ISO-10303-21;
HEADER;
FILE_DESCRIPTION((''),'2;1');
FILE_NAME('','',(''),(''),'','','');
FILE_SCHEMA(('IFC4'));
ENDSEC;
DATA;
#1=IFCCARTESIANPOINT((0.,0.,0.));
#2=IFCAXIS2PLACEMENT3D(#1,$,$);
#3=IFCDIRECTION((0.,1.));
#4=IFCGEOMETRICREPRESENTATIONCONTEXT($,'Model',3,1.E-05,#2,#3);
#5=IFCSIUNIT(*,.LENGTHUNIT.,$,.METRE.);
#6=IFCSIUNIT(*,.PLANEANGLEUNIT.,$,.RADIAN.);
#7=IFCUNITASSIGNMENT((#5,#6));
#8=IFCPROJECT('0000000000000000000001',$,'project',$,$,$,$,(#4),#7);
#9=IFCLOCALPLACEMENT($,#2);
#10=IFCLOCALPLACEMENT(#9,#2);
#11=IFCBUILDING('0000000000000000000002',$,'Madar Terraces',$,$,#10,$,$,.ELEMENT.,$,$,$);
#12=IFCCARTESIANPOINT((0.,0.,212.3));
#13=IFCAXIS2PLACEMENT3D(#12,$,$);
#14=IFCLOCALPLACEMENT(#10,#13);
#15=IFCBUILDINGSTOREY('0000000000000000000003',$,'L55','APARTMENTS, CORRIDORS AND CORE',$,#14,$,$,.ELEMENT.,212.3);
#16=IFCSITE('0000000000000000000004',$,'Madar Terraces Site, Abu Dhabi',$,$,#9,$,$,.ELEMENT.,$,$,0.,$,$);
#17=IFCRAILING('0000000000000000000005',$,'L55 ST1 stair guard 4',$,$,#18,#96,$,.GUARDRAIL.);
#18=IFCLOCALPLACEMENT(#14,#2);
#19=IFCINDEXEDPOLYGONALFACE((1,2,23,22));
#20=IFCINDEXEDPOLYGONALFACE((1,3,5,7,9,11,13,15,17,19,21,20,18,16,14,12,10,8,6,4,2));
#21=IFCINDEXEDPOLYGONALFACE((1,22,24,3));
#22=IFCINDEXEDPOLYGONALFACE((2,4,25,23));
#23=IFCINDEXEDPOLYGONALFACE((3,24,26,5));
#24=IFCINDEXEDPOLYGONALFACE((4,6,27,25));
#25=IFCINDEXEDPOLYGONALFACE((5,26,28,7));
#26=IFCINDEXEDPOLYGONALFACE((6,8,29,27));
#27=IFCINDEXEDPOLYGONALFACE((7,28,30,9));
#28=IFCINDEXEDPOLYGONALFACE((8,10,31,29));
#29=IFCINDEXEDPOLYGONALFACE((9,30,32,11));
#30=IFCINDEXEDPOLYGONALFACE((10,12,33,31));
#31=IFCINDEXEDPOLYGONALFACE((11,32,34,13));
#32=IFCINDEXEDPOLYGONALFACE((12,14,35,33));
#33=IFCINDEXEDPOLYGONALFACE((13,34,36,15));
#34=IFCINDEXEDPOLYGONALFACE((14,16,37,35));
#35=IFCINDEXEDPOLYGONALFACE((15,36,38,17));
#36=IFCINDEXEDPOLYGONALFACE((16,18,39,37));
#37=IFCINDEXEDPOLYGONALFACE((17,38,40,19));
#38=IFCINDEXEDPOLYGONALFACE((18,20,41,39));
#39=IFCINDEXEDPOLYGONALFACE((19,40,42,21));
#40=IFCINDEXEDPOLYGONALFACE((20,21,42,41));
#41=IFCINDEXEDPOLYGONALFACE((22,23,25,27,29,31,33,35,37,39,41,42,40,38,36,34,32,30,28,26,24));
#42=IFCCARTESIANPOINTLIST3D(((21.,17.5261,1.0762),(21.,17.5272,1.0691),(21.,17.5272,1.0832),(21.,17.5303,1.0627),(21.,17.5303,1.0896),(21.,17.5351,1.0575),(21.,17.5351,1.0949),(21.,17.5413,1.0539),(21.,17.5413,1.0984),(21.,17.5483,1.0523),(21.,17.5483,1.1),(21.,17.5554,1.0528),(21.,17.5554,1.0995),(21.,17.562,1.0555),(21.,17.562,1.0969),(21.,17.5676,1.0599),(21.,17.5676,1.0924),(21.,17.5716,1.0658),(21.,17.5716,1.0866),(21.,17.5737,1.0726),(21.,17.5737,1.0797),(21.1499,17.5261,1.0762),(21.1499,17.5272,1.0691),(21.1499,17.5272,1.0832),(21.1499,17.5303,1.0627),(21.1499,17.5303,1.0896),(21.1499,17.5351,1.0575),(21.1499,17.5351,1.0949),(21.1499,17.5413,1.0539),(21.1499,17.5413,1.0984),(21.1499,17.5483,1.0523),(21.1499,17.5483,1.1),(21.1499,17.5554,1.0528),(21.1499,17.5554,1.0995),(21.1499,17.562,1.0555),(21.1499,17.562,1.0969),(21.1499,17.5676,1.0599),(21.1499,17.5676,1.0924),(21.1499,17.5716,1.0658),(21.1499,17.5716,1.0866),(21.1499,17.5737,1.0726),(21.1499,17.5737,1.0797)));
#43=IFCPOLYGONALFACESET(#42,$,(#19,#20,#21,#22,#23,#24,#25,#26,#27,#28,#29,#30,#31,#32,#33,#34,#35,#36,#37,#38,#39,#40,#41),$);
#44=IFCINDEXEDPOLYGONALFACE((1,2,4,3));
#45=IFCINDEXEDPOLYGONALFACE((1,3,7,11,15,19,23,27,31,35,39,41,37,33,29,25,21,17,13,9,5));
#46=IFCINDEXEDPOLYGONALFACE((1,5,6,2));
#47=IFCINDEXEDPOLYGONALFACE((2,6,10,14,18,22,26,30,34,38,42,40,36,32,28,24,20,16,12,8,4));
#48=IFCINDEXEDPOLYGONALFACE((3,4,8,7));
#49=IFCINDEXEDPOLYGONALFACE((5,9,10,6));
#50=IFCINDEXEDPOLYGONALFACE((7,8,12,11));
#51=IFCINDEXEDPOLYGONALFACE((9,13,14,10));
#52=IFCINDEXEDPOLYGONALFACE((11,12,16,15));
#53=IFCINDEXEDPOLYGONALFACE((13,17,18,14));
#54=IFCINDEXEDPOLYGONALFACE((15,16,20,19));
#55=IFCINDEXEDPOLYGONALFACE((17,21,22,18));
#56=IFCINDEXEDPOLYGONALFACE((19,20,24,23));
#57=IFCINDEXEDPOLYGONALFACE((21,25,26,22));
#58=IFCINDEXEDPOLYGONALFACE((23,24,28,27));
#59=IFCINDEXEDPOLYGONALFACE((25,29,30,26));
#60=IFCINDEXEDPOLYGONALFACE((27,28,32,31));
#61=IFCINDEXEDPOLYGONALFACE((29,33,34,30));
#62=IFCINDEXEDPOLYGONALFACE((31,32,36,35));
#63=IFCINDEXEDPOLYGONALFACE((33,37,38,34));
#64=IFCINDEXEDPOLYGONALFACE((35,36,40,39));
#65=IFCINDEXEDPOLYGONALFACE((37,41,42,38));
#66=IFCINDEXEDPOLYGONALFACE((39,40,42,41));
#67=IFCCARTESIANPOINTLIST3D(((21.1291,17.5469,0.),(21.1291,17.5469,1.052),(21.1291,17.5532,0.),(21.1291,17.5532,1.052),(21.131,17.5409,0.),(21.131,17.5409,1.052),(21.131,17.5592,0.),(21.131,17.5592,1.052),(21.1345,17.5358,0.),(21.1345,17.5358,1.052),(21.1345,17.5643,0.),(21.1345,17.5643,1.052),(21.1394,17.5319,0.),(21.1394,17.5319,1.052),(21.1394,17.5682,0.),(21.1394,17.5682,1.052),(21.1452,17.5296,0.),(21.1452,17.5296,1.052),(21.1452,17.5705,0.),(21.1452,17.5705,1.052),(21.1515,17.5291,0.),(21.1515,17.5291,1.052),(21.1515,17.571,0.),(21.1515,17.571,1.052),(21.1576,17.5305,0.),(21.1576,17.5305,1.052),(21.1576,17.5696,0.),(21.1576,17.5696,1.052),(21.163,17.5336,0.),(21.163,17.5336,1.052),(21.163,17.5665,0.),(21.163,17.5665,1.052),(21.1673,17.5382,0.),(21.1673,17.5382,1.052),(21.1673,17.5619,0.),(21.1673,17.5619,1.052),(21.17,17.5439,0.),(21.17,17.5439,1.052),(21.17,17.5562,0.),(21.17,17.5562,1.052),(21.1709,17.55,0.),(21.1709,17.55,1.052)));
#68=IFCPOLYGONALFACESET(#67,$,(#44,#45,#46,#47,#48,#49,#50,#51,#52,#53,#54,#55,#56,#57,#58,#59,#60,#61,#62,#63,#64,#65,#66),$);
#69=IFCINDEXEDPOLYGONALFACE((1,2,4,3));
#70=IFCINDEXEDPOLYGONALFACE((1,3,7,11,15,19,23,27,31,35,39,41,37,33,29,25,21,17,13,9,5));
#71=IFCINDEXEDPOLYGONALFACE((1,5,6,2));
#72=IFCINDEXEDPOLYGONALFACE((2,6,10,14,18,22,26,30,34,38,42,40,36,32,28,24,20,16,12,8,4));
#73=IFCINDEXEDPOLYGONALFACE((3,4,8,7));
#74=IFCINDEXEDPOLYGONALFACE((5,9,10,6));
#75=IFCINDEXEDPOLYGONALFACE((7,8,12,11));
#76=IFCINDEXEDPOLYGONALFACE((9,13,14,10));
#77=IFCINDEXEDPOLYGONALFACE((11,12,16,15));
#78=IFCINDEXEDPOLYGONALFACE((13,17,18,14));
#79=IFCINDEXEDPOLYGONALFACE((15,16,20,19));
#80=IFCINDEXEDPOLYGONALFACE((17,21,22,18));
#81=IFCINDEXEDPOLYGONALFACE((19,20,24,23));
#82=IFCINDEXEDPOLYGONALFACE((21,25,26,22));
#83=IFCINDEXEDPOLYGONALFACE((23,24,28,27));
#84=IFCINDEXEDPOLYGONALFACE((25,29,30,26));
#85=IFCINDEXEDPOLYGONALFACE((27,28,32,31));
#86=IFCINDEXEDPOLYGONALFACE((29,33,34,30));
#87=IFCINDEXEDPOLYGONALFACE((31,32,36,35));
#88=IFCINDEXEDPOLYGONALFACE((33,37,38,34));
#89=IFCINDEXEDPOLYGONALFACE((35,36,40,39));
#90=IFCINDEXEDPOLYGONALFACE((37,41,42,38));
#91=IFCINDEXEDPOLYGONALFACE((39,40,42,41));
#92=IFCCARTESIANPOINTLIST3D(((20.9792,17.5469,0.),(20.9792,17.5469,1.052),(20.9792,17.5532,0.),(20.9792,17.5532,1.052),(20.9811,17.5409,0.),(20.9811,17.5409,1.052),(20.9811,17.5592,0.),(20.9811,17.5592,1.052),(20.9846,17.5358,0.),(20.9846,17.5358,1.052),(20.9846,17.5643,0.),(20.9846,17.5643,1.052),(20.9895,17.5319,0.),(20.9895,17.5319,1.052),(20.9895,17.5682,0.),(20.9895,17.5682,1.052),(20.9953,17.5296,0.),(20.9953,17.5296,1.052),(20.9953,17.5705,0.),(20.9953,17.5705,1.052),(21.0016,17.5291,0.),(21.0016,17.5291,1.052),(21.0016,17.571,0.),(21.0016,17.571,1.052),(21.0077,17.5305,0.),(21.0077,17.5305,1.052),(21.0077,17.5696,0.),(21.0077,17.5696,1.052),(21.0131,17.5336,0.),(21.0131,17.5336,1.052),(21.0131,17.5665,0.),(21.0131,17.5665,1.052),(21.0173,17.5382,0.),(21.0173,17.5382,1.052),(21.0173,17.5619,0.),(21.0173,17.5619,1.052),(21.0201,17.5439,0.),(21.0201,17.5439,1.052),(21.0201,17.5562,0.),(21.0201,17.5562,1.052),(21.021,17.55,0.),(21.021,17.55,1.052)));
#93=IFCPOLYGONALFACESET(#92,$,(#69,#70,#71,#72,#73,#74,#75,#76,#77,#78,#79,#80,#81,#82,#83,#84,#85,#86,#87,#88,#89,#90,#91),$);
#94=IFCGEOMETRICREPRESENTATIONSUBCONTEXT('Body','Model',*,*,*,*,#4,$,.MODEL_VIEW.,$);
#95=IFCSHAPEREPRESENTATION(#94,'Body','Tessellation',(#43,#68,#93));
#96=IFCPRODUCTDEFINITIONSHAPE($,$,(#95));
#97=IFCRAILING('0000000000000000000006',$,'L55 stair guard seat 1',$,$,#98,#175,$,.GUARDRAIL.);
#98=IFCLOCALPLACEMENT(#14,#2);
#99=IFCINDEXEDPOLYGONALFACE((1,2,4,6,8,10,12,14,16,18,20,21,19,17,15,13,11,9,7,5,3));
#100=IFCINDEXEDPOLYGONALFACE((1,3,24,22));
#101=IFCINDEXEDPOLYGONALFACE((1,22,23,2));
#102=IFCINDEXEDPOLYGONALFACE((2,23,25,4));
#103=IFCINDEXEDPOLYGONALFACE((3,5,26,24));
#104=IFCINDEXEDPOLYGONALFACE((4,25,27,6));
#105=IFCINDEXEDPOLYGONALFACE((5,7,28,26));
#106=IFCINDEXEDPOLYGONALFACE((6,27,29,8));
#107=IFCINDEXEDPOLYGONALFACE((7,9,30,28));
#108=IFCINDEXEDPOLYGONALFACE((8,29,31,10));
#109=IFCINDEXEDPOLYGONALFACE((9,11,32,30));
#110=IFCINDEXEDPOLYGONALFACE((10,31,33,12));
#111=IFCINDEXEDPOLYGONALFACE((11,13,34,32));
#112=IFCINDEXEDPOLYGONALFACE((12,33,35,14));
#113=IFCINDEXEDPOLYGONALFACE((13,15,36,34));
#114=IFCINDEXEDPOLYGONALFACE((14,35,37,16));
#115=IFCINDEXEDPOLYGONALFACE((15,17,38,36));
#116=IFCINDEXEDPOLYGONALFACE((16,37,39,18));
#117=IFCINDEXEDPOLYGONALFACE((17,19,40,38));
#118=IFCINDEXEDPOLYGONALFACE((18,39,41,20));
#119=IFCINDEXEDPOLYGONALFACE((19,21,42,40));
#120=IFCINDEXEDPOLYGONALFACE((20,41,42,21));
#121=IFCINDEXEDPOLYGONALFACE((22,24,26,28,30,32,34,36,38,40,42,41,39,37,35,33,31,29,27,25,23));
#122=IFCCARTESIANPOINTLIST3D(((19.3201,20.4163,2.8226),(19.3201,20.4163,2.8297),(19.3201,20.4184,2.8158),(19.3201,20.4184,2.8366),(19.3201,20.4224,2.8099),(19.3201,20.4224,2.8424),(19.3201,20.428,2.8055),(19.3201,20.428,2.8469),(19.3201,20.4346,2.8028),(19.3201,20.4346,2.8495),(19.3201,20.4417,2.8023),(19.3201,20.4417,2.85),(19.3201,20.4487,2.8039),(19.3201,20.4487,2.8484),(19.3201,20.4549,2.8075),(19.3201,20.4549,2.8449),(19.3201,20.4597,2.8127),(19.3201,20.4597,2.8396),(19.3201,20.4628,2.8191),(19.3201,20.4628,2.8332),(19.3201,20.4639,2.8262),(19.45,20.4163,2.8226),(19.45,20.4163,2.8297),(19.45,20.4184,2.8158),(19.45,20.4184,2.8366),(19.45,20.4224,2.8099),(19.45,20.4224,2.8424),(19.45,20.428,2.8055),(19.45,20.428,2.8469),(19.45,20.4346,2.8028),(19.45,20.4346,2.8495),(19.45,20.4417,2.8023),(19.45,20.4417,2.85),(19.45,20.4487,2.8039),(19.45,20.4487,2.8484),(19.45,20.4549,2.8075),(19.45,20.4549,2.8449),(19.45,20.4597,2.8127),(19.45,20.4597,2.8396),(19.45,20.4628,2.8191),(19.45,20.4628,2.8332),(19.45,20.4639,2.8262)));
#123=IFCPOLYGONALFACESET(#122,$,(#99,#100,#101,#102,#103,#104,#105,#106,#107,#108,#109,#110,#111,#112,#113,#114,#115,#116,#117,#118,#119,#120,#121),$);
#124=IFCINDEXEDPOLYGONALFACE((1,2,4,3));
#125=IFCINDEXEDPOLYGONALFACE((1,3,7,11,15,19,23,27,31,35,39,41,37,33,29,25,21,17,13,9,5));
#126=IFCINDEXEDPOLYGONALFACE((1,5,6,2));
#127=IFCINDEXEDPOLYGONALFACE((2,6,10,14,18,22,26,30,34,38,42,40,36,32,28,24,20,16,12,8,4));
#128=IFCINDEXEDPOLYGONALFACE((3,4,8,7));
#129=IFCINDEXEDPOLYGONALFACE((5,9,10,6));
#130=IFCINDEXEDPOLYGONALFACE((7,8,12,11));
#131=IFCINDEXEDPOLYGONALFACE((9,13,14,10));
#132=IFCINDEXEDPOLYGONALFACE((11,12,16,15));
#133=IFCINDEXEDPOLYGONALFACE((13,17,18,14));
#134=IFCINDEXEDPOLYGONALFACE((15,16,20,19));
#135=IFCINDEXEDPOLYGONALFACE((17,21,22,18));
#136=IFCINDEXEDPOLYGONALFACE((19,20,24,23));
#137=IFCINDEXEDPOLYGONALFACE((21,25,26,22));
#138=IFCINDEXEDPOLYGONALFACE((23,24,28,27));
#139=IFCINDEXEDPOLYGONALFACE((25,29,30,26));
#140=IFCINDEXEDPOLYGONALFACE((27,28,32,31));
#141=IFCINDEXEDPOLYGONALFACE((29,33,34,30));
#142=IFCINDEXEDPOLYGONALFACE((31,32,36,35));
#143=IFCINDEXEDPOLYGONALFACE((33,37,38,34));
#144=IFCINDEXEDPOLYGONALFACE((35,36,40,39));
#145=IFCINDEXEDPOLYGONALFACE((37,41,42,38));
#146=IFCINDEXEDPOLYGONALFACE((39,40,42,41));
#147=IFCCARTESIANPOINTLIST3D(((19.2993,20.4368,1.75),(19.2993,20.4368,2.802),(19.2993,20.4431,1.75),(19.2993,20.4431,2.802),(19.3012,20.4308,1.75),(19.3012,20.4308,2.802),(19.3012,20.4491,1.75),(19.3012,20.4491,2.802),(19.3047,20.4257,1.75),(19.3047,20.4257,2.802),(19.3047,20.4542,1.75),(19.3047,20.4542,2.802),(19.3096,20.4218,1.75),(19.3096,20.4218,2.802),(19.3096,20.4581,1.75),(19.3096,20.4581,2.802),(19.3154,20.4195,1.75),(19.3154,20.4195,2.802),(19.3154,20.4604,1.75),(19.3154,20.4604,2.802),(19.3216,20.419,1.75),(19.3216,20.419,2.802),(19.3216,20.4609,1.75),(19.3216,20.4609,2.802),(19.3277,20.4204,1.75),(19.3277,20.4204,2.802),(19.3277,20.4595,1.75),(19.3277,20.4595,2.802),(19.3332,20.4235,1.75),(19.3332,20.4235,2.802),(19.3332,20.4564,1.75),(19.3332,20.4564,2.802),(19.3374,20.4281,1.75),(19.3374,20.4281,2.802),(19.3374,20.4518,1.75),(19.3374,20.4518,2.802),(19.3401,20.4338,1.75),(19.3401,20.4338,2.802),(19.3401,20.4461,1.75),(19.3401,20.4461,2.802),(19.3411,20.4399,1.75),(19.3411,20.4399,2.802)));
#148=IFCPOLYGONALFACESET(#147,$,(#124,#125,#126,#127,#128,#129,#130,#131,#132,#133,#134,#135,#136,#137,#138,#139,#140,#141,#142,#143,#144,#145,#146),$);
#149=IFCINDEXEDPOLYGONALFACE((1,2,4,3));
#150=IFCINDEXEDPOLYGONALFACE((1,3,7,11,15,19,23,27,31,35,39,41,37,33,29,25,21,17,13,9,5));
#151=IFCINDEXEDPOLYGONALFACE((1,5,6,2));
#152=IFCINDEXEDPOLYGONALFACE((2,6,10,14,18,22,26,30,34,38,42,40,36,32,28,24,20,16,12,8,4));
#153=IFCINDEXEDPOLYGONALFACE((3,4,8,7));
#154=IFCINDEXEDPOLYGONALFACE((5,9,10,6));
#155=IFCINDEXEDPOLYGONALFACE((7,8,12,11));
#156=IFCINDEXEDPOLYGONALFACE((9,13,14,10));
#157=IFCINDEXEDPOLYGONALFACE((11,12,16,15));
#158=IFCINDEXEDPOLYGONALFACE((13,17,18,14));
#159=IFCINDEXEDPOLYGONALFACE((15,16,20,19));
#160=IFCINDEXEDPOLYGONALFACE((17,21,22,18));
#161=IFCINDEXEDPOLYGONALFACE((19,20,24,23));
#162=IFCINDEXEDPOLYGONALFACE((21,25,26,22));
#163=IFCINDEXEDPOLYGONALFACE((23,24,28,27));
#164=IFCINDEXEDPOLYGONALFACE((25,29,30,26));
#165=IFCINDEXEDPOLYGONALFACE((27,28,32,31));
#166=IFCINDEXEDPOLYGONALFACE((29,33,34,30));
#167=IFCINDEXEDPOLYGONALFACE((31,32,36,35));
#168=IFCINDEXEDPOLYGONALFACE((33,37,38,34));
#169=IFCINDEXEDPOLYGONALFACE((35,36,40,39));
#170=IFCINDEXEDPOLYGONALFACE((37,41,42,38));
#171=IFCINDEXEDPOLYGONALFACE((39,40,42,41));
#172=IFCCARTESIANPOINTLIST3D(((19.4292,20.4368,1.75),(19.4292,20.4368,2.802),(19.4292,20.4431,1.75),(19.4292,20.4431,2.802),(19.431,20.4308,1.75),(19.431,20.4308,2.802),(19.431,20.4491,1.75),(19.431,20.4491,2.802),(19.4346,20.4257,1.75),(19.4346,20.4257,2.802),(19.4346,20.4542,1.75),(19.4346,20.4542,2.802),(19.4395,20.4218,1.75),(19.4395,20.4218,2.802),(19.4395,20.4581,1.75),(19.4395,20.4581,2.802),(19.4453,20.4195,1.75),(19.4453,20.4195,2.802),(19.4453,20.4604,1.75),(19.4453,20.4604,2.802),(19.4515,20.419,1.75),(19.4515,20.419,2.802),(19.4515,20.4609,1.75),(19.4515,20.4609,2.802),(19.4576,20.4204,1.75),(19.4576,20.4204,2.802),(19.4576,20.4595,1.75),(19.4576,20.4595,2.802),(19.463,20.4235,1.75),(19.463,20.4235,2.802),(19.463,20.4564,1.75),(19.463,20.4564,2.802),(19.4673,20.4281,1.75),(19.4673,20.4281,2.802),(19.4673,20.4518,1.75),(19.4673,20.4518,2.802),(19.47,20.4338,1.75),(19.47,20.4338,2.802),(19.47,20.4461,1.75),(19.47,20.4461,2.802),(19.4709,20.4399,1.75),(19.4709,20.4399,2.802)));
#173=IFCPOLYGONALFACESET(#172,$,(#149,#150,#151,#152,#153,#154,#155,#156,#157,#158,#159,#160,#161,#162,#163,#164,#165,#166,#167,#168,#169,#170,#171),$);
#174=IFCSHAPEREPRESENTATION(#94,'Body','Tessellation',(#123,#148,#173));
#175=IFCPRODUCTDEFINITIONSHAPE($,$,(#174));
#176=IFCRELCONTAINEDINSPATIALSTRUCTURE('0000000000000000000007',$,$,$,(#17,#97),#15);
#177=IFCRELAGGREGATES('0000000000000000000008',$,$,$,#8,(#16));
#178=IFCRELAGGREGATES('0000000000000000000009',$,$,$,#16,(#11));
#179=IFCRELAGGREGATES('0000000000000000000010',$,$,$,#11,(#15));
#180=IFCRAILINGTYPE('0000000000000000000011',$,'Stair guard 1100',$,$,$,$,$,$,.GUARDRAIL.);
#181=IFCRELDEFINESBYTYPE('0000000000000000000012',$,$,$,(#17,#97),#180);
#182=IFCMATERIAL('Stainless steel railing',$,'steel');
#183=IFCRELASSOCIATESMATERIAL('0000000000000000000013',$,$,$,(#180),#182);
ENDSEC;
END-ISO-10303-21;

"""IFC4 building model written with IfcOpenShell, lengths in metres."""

from ifc_helpers import new_model, si_unit, direction, frame, origin, origin_2d, place, context, subcontext, project, spatial, circle, extrude, material, type_object, element, save


model = new_model("IFC4")

# Units and contexts
model_context = context("Model", 3, precision=1e-05, world=origin(), true_north=direction((0.0, 1.0)))
body_context = subcontext(model_context, "Body", "Model", "MODEL_VIEW")
ifc_project = project(units=[si_unit("LENGTHUNIT", "METRE"), si_unit("PLANEANGLEUNIT", "RADIAN")], contexts=[model_context])

# Site, building, storey
site_placement = place(None, origin())
site = spatial("IfcSite", under=ifc_project, at=site_placement, Name="Madar Terraces Site, Abu Dhabi", CompositionType="ELEMENT", RefElevation=0.0)
building_placement = place(site_placement, origin())
building = spatial("IfcBuilding", under=site, at=building_placement, Name="Madar Terraces", CompositionType="ELEMENT")
storey_placement = place(building_placement, frame((0.0, 0.0, 212.3)))
storey = spatial("IfcBuildingStorey", under=building, at=storey_placement, Name="L55", Description="APARTMENTS, CORRIDORS AND CORE", CompositionType="ELEMENT", Elevation=212.3)

# Railings
ifc_material_1 = material(Name="Stainless steel railing", Category="steel")
railing_type_1 = type_object("IfcRailingType", Name="Stair guard 1100", PredefinedType="GUARDRAIL", material=ifc_material_1)
railing_1_placement = place(storey_placement, frame((21.1499, 17.55, 0.0)))
element("IfcRailing", 1, at=railing_1_placement, inside=storey, type_object=railing_type_1, Name="L55 ST1 stair guard 4", PredefinedType="GUARDRAIL", context=body_context, shape_type="SweptSolid", body=[
    extrude(circle(Radius=0.0239, at=origin_2d()), frame((0.0, 0.0, 1.0762), z_axis=(-1.0, 0.0, 0.0), x_axis=(0.0, -1.0, 0.0)), (0.0, 0.0, 1.0), 0.1499),
    extrude(circle(Radius=0.021, at=origin_2d()), origin(), (0.0, 0.0, 1.0), 1.052),
    extrude(circle(Radius=0.021, at=origin_2d()), frame((-0.1499, 0.0, 0.0)), (0.0, 0.0, 1.0), 1.052),
])
for number, where, name in (
    (2, (19.3201, 20.4399, 1.75), "L55 stair guard seat 1"),
):
    element("IfcRailing", number, at=place(storey_placement, frame(where)), inside=storey, type_object=railing_type_1, Name=name, PredefinedType="GUARDRAIL", context=body_context, shape_type="SweptSolid", body=[
        extrude(circle(Radius=0.0239, at=origin_2d()), frame((0.0, 0.0, 1.0762), z_axis=(1.0, 0.0, 0.0), x_axis=(0.0, 1.0, 0.0)), (0.0, 0.0, 1.0), 0.1299),
        extrude(circle(Radius=0.021, at=origin_2d()), origin(), (0.0, 0.0, 1.0), 1.052),
        extrude(circle(Radius=0.021, at=origin_2d()), frame((0.1299, 0.0, 0.0)), (0.0, 0.0, 1.0), 1.052),
    ])

save(model, "model.ifc")
